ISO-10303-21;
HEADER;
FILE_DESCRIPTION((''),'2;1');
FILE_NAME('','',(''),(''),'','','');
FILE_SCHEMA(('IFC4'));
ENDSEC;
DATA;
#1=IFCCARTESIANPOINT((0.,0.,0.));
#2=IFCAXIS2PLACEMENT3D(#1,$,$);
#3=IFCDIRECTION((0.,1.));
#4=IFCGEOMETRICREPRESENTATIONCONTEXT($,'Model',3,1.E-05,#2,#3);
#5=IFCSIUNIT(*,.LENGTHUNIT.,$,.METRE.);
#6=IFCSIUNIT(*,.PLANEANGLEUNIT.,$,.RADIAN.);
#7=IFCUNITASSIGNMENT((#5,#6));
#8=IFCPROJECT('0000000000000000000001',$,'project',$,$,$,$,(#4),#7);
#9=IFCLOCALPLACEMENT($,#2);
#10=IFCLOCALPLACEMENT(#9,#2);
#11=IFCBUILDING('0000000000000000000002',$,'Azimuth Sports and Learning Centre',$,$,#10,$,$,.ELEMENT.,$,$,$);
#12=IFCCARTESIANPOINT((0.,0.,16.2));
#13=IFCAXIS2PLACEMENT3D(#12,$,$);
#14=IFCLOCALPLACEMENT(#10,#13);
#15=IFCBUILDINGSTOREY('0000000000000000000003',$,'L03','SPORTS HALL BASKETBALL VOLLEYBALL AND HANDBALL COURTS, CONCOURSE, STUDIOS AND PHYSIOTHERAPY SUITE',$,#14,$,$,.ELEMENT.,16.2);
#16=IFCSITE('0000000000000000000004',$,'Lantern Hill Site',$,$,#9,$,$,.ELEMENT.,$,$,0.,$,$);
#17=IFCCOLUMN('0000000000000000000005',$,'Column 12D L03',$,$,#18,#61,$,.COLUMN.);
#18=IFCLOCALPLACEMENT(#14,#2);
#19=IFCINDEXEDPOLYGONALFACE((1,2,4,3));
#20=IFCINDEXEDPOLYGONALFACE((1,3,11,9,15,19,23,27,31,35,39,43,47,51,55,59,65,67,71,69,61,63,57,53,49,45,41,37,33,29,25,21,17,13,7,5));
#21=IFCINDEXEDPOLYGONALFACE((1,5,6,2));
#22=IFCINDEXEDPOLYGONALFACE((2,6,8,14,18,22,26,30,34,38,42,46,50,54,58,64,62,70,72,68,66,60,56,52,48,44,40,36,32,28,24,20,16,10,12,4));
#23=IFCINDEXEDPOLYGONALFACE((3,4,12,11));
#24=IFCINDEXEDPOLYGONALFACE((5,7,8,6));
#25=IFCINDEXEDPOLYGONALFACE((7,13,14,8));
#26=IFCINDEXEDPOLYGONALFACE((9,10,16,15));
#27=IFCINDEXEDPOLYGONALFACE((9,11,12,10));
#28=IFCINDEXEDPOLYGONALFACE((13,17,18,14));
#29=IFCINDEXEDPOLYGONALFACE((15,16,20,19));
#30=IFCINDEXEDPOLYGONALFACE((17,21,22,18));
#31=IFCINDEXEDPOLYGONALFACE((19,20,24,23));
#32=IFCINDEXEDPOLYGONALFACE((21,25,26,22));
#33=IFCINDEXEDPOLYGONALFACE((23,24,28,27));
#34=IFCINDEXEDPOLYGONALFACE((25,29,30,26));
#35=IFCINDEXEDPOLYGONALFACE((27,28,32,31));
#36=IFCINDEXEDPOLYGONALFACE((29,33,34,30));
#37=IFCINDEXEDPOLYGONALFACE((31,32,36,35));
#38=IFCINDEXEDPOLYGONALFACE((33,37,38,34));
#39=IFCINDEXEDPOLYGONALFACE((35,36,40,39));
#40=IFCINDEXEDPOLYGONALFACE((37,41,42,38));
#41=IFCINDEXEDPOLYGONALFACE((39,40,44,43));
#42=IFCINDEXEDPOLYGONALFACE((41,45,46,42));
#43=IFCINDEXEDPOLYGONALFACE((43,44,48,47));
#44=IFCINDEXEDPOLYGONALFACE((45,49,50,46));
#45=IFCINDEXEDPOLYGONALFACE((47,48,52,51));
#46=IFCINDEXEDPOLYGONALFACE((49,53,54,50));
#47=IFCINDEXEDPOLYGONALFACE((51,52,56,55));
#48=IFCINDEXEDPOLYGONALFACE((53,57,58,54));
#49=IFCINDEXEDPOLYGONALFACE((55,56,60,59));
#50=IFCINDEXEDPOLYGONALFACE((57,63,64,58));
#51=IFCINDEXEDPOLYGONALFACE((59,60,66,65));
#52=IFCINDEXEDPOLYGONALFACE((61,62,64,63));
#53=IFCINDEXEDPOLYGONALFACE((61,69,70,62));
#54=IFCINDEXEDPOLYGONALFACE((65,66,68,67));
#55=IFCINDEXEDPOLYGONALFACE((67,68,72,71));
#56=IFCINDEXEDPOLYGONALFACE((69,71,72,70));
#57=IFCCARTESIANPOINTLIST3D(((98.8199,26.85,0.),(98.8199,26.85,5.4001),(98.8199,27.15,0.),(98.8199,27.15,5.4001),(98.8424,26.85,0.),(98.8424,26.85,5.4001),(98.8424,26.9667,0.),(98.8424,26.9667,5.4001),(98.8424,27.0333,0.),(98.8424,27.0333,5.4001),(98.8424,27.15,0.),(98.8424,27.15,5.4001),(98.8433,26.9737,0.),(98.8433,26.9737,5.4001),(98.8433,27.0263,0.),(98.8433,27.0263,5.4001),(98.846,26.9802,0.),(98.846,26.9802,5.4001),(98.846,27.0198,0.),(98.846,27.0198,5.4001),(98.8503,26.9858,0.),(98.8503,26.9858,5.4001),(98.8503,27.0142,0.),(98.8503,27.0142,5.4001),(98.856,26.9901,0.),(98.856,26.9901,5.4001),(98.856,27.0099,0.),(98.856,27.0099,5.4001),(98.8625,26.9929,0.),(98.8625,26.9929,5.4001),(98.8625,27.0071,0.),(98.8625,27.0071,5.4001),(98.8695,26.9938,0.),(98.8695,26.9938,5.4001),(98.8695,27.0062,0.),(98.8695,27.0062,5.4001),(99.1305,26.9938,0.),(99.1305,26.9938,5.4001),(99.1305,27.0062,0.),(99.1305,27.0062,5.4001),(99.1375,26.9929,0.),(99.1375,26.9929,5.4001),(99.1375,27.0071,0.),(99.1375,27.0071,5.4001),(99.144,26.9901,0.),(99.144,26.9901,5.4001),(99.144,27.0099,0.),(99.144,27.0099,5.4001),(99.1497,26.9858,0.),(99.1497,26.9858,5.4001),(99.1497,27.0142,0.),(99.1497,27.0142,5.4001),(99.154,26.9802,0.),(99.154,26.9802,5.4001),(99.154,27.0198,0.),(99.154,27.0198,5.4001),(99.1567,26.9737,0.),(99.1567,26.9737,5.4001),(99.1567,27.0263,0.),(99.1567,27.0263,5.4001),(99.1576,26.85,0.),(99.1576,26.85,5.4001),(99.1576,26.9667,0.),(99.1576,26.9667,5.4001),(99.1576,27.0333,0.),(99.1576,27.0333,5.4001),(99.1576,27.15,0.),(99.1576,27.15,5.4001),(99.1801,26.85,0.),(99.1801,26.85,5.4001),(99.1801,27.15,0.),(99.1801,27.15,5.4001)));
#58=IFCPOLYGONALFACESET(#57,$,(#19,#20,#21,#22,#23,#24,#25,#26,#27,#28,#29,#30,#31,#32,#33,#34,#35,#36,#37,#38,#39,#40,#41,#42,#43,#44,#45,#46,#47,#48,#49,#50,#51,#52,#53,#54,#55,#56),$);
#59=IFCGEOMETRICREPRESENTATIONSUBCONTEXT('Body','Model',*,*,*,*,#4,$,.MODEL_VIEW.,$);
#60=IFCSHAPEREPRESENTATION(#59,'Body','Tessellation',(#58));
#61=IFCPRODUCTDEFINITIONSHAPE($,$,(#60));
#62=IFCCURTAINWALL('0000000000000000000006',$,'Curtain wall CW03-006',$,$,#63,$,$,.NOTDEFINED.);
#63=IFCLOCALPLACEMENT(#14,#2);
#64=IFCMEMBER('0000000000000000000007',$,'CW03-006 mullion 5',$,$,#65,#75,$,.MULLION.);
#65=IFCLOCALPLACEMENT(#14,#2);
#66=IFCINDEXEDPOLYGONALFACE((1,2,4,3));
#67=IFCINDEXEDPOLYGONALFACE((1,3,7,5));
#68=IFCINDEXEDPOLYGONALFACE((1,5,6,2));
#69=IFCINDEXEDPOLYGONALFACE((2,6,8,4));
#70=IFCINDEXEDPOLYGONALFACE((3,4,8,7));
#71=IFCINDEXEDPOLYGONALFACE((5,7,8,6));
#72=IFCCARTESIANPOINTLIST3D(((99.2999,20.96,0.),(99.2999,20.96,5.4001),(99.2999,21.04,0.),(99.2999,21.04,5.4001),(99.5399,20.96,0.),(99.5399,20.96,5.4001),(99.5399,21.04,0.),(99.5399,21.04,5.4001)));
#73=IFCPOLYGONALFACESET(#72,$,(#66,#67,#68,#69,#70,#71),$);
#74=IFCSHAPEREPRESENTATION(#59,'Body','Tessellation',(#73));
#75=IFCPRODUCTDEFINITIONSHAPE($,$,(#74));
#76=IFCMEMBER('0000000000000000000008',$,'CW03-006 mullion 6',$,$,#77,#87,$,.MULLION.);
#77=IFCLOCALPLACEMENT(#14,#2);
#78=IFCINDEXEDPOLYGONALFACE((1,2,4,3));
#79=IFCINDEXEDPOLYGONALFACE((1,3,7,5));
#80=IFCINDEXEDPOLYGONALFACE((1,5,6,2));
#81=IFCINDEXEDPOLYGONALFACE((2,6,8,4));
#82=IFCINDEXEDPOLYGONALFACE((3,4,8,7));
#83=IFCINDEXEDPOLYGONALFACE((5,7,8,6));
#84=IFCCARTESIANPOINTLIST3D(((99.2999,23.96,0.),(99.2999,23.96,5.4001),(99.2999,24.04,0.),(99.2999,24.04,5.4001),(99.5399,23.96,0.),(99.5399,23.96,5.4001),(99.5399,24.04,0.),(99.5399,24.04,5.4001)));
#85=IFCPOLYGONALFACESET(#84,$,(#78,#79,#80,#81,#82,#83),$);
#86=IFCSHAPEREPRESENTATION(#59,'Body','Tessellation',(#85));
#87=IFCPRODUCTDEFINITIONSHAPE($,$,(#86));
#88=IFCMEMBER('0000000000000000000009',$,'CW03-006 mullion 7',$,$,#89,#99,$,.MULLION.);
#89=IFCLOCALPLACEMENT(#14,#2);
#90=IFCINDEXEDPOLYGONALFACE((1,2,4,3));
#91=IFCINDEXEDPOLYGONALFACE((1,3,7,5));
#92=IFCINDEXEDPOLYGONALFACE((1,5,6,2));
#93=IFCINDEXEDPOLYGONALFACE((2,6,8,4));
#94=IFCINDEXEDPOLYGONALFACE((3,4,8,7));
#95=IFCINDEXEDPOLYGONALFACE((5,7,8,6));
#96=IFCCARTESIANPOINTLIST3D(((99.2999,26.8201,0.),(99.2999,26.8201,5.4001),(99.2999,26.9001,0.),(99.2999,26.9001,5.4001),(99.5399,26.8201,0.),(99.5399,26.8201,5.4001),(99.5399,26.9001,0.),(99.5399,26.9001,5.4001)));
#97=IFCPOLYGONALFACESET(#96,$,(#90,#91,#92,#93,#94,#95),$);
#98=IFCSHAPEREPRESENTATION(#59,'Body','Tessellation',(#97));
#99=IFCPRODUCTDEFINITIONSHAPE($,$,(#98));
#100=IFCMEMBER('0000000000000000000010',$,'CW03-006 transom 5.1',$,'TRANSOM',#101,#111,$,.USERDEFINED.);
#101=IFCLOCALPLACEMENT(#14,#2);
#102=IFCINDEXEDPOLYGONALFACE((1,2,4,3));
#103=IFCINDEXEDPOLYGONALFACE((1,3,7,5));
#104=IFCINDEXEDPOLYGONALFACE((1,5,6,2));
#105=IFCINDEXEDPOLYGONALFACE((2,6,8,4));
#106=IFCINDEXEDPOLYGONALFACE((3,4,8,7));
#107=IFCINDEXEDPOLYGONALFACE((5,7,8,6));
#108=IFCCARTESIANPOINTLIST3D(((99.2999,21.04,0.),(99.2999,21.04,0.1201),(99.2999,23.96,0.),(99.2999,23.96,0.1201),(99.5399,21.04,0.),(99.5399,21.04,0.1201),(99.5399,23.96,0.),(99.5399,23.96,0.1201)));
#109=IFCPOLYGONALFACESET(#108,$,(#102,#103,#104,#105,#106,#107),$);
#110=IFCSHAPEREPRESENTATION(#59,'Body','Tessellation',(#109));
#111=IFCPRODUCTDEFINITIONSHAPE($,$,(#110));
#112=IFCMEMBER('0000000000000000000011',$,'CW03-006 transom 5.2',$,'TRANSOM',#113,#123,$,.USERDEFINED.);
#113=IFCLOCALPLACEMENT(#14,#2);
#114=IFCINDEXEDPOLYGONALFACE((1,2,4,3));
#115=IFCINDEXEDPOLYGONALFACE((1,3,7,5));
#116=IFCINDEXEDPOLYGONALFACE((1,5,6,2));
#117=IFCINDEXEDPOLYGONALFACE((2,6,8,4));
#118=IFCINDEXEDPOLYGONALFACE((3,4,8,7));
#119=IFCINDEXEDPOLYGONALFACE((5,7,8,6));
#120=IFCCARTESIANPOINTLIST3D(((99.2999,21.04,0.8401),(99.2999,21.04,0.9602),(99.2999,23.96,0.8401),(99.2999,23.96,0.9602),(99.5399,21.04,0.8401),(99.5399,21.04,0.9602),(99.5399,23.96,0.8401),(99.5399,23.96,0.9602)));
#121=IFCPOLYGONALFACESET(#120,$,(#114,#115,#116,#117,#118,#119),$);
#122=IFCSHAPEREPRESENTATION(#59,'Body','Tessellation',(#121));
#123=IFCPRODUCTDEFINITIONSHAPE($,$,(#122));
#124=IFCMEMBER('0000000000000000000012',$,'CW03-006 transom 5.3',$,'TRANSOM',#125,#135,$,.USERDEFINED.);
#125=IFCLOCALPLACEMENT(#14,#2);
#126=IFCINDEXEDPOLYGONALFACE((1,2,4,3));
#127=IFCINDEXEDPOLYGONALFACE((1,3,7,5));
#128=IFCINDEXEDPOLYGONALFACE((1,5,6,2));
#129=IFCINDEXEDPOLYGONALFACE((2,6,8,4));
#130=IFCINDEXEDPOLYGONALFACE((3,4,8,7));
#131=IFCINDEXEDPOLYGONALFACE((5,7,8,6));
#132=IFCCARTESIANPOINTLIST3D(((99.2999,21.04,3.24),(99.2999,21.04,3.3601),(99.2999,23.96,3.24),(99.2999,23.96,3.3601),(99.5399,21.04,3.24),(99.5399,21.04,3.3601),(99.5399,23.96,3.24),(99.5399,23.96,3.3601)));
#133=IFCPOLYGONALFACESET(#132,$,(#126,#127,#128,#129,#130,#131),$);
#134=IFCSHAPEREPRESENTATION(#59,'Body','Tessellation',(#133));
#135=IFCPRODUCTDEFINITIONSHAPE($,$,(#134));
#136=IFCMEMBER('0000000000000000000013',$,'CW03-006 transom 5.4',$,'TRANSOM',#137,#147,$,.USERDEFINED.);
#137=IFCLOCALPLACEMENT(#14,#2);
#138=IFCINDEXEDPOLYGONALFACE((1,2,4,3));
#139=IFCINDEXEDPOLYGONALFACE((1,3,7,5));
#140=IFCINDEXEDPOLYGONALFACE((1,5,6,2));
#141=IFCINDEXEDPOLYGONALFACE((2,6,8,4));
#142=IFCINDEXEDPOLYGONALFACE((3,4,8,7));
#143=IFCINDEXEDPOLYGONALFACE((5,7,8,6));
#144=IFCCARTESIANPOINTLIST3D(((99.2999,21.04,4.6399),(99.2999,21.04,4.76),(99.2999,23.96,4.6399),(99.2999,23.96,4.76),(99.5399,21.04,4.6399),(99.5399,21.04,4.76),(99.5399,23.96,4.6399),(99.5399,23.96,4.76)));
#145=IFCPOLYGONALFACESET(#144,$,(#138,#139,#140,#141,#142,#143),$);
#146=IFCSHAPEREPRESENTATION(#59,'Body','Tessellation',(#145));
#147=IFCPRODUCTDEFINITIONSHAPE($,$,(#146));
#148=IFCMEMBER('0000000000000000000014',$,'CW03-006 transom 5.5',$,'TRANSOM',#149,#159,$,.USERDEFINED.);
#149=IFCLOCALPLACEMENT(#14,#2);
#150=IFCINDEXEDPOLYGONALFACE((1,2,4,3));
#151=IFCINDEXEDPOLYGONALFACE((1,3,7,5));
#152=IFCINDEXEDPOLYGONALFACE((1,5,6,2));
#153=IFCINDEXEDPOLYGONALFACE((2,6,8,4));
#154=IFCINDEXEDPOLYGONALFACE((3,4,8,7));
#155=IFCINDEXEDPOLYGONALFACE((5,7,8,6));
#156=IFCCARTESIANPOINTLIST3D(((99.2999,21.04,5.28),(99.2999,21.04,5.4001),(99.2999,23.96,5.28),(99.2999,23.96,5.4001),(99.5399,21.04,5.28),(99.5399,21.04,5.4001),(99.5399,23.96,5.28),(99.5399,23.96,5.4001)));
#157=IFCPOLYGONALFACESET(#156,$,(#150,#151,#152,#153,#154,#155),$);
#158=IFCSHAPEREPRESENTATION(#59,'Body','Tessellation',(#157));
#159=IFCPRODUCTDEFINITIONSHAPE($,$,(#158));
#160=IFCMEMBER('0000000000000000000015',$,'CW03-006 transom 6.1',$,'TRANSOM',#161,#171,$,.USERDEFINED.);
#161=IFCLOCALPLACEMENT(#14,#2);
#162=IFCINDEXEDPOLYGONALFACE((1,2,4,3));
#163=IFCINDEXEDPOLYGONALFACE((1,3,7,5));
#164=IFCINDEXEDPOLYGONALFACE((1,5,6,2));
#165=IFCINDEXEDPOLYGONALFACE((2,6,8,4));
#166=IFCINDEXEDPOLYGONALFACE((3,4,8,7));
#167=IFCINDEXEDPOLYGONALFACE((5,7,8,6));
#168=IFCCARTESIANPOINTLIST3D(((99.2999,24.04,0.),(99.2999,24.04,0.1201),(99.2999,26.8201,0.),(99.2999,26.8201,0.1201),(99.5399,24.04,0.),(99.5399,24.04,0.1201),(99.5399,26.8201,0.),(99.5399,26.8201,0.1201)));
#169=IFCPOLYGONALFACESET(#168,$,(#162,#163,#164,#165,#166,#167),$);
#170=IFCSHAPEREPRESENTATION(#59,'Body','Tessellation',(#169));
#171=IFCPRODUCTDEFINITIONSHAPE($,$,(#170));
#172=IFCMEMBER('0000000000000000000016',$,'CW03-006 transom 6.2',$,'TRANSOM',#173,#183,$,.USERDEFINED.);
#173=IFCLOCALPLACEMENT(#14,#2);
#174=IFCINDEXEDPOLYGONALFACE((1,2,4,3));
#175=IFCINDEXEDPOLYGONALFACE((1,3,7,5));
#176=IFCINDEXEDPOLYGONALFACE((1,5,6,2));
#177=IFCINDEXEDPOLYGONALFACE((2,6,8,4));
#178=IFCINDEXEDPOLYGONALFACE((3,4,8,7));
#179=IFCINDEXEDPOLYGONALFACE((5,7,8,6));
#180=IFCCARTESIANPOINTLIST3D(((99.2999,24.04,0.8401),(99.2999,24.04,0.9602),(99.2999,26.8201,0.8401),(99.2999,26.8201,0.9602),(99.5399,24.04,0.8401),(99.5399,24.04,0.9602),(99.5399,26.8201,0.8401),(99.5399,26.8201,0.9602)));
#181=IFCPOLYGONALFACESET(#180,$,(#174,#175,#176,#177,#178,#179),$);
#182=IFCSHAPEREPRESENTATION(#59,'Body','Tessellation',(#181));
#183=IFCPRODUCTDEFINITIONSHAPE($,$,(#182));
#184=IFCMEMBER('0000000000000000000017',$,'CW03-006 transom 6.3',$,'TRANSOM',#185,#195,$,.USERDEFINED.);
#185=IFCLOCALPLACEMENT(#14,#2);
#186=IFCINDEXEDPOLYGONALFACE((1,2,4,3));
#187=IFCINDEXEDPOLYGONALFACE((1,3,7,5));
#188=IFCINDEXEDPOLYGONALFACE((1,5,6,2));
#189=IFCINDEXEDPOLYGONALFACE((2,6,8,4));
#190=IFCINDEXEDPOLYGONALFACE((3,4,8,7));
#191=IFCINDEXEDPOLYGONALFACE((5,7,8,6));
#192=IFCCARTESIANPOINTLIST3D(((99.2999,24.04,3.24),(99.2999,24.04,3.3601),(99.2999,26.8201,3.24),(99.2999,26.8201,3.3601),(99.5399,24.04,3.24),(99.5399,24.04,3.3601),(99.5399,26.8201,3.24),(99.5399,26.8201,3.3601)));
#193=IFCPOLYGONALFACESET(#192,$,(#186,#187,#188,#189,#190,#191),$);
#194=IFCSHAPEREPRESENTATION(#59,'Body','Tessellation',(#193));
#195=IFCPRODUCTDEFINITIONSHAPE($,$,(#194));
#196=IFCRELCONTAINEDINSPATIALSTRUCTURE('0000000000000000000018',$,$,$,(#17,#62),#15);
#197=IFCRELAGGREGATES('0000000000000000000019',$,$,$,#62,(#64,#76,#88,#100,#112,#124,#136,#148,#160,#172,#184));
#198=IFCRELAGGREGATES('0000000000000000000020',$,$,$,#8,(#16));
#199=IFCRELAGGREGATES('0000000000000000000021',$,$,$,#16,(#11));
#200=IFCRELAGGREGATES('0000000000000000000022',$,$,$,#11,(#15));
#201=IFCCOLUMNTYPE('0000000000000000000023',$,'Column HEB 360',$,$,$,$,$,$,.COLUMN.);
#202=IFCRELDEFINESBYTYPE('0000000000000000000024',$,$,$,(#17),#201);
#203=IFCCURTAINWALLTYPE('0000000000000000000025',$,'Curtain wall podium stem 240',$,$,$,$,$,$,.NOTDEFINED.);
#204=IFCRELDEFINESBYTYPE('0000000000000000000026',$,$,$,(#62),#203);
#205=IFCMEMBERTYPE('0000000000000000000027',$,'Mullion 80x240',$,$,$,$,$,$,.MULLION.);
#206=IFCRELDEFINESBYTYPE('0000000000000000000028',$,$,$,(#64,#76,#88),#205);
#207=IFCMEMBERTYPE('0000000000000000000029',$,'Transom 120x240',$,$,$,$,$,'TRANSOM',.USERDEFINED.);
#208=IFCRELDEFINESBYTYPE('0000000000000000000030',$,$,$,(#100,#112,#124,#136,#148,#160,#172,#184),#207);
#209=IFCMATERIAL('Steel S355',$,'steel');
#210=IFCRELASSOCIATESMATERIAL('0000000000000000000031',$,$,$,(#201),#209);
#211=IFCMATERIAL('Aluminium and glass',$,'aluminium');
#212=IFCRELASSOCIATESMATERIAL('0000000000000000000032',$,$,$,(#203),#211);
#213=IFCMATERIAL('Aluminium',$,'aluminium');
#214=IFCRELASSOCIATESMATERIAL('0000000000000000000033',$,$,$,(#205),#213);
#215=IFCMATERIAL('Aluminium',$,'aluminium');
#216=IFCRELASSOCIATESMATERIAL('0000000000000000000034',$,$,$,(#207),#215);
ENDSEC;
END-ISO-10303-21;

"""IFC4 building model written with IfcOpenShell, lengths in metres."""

from ifc_helpers import new_model, si_unit, direction, frame, origin, origin_2d, place, context, subcontext, project, spatial, rectangle, i_section, extrude, material, material_profile, profile_set, type_object, element, aggregate, save


model = new_model("IFC4")

# Units and contexts
model_context = context("Model", 3, precision=1e-05, world=origin(), true_north=direction((0.0, 1.0)))
body_context = subcontext(model_context, "Body", "Model", "MODEL_VIEW")
ifc_project = project(units=[si_unit("LENGTHUNIT", "METRE"), si_unit("PLANEANGLEUNIT", "RADIAN")], contexts=[model_context])

# Site, building, storey
site_placement = place(None, origin())
site = spatial("IfcSite", under=ifc_project, at=site_placement, Name="Lantern Hill Site", CompositionType="ELEMENT", RefElevation=0.0)
building_placement = place(site_placement, origin())
building = spatial("IfcBuilding", under=site, at=building_placement, Name="Azimuth Sports and Learning Centre", CompositionType="ELEMENT")
storey_placement = place(building_placement, frame((0.0, 0.0, 16.2)))
storey = spatial("IfcBuildingStorey", under=building, at=storey_placement, Name="L03", Description="SPORTS HALL BASKETBALL VOLLEYBALL AND HANDBALL COURTS, CONCOURSE, STUDIOS AND PHYSIOTHERAPY SUITE", CompositionType="ELEMENT", Elevation=16.2)

# Column
ifc_material_1 = material(Name="Steel S355", Category="steel")
ifc_material_profile_1 = material_profile(ifc_material_1, i_section(OverallWidth=0.3, OverallDepth=0.3601, WebThickness=0.0125, FlangeThickness=0.0225, FilletRadius=0.0271, at=origin_2d()), Name="HEB 360")
ifc_profile_set_1 = profile_set([ifc_material_profile_1], Name="Steel S355")
column_type = type_object("IfcColumnType", Name="Column HEB 360", PredefinedType="COLUMN", material=ifc_profile_set_1)
column_placement = place(storey_placement, frame((99.0, 27.0, 0.0), z_axis=(0.0, 0.0, 1.0), x_axis=(0.0, 1.0, 0.0)))
element("IfcColumn", 1, at=column_placement, inside=storey, type_object=column_type, Name="Column 12D L03", PredefinedType="COLUMN", context=body_context, shape_type="SweptSolid", body=[
    extrude(i_section(OverallWidth=0.3, OverallDepth=0.3601, WebThickness=0.0125, FlangeThickness=0.0225, FilletRadius=0.0271, at=origin_2d()), origin(), (0.0, 0.0, 1.0), 5.4001),
])

# Curtain wall, members
ifc_material_2 = material(Name="Aluminium and glass", Category="aluminium")
curtain_wall_type = type_object("IfcCurtainWallType", Name="Curtain wall podium stem 240", PredefinedType="NOTDEFINED", material=ifc_material_2)
curtain_wall_placement = place(storey_placement, origin())
curtain_wall = element("IfcCurtainWall", 2, at=curtain_wall_placement, inside=storey, type_object=curtain_wall_type, Name="Curtain wall CW03-006", PredefinedType="NOTDEFINED")
ifc_material_3 = material(Name="Aluminium", Category="aluminium")
ifc_material_profile_2 = material_profile(ifc_material_3, rectangle(XDim=0.24, YDim=0.0801, at=origin_2d()), Name="Mullion 80x240")
ifc_profile_set_2 = profile_set([ifc_material_profile_2], Name="Aluminium")
member_type_1 = type_object("IfcMemberType", Name="Mullion 80x240", PredefinedType="MULLION", material=ifc_profile_set_2)
member_1_placement = place(storey_placement, frame((99.4199, 21.0, 0.0), z_axis=(0.0, 0.0, 1.0), x_axis=(-1.0, 0.0, 0.0)))
member_1 = element("IfcMember", 3, at=member_1_placement, type_object=member_type_1, Name="CW03-006 mullion 5", PredefinedType="MULLION", context=body_context, shape_type="SweptSolid", body=[
    extrude(rectangle(XDim=0.24, YDim=0.0801, at=origin_2d()), origin(), (0.0, 0.0, 1.0), 5.4001),
])
member_2_placement = place(storey_placement, frame((99.4199, 24.0, 0.0), z_axis=(0.0, 0.0, 1.0), x_axis=(-1.0, 0.0, 0.0)))
member_2 = element("IfcMember", 4, at=member_2_placement, type_object=member_type_1, Name="CW03-006 mullion 6", PredefinedType="MULLION", context=body_context, shape_type="SweptSolid", body=[
    extrude(rectangle(XDim=0.24, YDim=0.0801, at=origin_2d()), origin(), (0.0, 0.0, 1.0), 5.4001),
])
member_3_placement = place(storey_placement, frame((99.4199, 26.8601, 0.0), z_axis=(0.0, 0.0, 1.0), x_axis=(-1.0, 0.0, 0.0)))
member_3 = element("IfcMember", 5, at=member_3_placement, type_object=member_type_1, Name="CW03-006 mullion 7", PredefinedType="MULLION", context=body_context, shape_type="SweptSolid", body=[
    extrude(rectangle(XDim=0.24, YDim=0.0801, at=origin_2d()), origin(), (0.0, 0.0, 1.0), 5.4001),
])
ifc_material_4 = material(Name="Aluminium", Category="aluminium")
ifc_material_profile_3 = material_profile(ifc_material_4, rectangle(XDim=0.24, YDim=0.1201, at=origin_2d()), Name="Transom 120x240")
ifc_profile_set_3 = profile_set([ifc_material_profile_3], Name="Aluminium")
member_type_2 = type_object("IfcMemberType", Name="Transom 120x240", ElementType="TRANSOM", PredefinedType="USERDEFINED", material=ifc_profile_set_3)
member_4_placement = place(storey_placement, frame((99.4199, 21.04, 0.0601), z_axis=(0.0, 1.0, 0.0), x_axis=(-1.0, 0.0, 0.0)))
member_4 = element("IfcMember", 6, at=member_4_placement, type_object=member_type_2, Name="CW03-006 transom 5.1", ObjectType="TRANSOM", PredefinedType="USERDEFINED", context=body_context, shape_type="SweptSolid", body=[
    extrude(rectangle(XDim=0.24, YDim=0.1201, at=origin_2d()), origin(), (0.0, 0.0, 1.0), 2.9199),
])
member_5_placement = place(storey_placement, frame((99.4199, 21.04, 0.9001), z_axis=(0.0, 1.0, 0.0), x_axis=(-1.0, 0.0, 0.0)))
member_5 = element("IfcMember", 7, at=member_5_placement, type_object=member_type_2, Name="CW03-006 transom 5.2", ObjectType="TRANSOM", PredefinedType="USERDEFINED", context=body_context, shape_type="SweptSolid", body=[
    extrude(rectangle(XDim=0.24, YDim=0.1201, at=origin_2d()), origin(), (0.0, 0.0, 1.0), 2.9199),
])
member_6_placement = place(storey_placement, frame((99.4199, 21.04, 3.3), z_axis=(0.0, 1.0, 0.0), x_axis=(-1.0, 0.0, 0.0)))
member_6 = element("IfcMember", 8, at=member_6_placement, type_object=member_type_2, Name="CW03-006 transom 5.3", ObjectType="TRANSOM", PredefinedType="USERDEFINED", context=body_context, shape_type="SweptSolid", body=[
    extrude(rectangle(XDim=0.24, YDim=0.1201, at=origin_2d()), origin(), (0.0, 0.0, 1.0), 2.9199),
])
member_7_placement = place(storey_placement, frame((99.4199, 21.04, 4.7), z_axis=(0.0, 1.0, 0.0), x_axis=(-1.0, 0.0, 0.0)))
member_7 = element("IfcMember", 9, at=member_7_placement, type_object=member_type_2, Name="CW03-006 transom 5.4", ObjectType="TRANSOM", PredefinedType="USERDEFINED", context=body_context, shape_type="SweptSolid", body=[
    extrude(rectangle(XDim=0.24, YDim=0.1201, at=origin_2d()), origin(), (0.0, 0.0, 1.0), 2.9199),
])
member_8_placement = place(storey_placement, frame((99.4199, 21.04, 5.3401), z_axis=(0.0, 1.0, 0.0), x_axis=(-1.0, 0.0, 0.0)))
member_8 = element("IfcMember", 10, at=member_8_placement, type_object=member_type_2, Name="CW03-006 transom 5.5", ObjectType="TRANSOM", PredefinedType="USERDEFINED", context=body_context, shape_type="SweptSolid", body=[
    extrude(rectangle(XDim=0.24, YDim=0.1201, at=origin_2d()), origin(), (0.0, 0.0, 1.0), 2.9199),
])
member_9_placement = place(storey_placement, frame((99.4199, 24.04, 0.0601), z_axis=(0.0, 1.0, 0.0), x_axis=(-1.0, 0.0, 0.0)))
member_9 = element("IfcMember", 11, at=member_9_placement, type_object=member_type_2, Name="CW03-006 transom 6.1", ObjectType="TRANSOM", PredefinedType="USERDEFINED", context=body_context, shape_type="SweptSolid", body=[
    extrude(rectangle(XDim=0.24, YDim=0.1201, at=origin_2d()), origin(), (0.0, 0.0, 1.0), 2.78),
])
member_10_placement = place(storey_placement, frame((99.4199, 24.04, 0.9001), z_axis=(0.0, 1.0, 0.0), x_axis=(-1.0, 0.0, 0.0)))
member_10 = element("IfcMember", 12, at=member_10_placement, type_object=member_type_2, Name="CW03-006 transom 6.2", ObjectType="TRANSOM", PredefinedType="USERDEFINED", context=body_context, shape_type="SweptSolid", body=[
    extrude(rectangle(XDim=0.24, YDim=0.1201, at=origin_2d()), origin(), (0.0, 0.0, 1.0), 2.78),
])
member_11_placement = place(storey_placement, frame((99.4199, 24.04, 3.3), z_axis=(0.0, 1.0, 0.0), x_axis=(-1.0, 0.0, 0.0)))
member_11 = element("IfcMember", 13, at=member_11_placement, type_object=member_type_2, Name="CW03-006 transom 6.3", ObjectType="TRANSOM", PredefinedType="USERDEFINED", context=body_context, shape_type="SweptSolid", body=[
    extrude(rectangle(XDim=0.24, YDim=0.1201, at=origin_2d()), origin(), (0.0, 0.0, 1.0), 2.78),
])
aggregate(curtain_wall, [member_1, member_2, member_3, member_4, member_5, member_6, member_7, member_8, member_9, member_10, member_11])

save(model, "model.ifc")
